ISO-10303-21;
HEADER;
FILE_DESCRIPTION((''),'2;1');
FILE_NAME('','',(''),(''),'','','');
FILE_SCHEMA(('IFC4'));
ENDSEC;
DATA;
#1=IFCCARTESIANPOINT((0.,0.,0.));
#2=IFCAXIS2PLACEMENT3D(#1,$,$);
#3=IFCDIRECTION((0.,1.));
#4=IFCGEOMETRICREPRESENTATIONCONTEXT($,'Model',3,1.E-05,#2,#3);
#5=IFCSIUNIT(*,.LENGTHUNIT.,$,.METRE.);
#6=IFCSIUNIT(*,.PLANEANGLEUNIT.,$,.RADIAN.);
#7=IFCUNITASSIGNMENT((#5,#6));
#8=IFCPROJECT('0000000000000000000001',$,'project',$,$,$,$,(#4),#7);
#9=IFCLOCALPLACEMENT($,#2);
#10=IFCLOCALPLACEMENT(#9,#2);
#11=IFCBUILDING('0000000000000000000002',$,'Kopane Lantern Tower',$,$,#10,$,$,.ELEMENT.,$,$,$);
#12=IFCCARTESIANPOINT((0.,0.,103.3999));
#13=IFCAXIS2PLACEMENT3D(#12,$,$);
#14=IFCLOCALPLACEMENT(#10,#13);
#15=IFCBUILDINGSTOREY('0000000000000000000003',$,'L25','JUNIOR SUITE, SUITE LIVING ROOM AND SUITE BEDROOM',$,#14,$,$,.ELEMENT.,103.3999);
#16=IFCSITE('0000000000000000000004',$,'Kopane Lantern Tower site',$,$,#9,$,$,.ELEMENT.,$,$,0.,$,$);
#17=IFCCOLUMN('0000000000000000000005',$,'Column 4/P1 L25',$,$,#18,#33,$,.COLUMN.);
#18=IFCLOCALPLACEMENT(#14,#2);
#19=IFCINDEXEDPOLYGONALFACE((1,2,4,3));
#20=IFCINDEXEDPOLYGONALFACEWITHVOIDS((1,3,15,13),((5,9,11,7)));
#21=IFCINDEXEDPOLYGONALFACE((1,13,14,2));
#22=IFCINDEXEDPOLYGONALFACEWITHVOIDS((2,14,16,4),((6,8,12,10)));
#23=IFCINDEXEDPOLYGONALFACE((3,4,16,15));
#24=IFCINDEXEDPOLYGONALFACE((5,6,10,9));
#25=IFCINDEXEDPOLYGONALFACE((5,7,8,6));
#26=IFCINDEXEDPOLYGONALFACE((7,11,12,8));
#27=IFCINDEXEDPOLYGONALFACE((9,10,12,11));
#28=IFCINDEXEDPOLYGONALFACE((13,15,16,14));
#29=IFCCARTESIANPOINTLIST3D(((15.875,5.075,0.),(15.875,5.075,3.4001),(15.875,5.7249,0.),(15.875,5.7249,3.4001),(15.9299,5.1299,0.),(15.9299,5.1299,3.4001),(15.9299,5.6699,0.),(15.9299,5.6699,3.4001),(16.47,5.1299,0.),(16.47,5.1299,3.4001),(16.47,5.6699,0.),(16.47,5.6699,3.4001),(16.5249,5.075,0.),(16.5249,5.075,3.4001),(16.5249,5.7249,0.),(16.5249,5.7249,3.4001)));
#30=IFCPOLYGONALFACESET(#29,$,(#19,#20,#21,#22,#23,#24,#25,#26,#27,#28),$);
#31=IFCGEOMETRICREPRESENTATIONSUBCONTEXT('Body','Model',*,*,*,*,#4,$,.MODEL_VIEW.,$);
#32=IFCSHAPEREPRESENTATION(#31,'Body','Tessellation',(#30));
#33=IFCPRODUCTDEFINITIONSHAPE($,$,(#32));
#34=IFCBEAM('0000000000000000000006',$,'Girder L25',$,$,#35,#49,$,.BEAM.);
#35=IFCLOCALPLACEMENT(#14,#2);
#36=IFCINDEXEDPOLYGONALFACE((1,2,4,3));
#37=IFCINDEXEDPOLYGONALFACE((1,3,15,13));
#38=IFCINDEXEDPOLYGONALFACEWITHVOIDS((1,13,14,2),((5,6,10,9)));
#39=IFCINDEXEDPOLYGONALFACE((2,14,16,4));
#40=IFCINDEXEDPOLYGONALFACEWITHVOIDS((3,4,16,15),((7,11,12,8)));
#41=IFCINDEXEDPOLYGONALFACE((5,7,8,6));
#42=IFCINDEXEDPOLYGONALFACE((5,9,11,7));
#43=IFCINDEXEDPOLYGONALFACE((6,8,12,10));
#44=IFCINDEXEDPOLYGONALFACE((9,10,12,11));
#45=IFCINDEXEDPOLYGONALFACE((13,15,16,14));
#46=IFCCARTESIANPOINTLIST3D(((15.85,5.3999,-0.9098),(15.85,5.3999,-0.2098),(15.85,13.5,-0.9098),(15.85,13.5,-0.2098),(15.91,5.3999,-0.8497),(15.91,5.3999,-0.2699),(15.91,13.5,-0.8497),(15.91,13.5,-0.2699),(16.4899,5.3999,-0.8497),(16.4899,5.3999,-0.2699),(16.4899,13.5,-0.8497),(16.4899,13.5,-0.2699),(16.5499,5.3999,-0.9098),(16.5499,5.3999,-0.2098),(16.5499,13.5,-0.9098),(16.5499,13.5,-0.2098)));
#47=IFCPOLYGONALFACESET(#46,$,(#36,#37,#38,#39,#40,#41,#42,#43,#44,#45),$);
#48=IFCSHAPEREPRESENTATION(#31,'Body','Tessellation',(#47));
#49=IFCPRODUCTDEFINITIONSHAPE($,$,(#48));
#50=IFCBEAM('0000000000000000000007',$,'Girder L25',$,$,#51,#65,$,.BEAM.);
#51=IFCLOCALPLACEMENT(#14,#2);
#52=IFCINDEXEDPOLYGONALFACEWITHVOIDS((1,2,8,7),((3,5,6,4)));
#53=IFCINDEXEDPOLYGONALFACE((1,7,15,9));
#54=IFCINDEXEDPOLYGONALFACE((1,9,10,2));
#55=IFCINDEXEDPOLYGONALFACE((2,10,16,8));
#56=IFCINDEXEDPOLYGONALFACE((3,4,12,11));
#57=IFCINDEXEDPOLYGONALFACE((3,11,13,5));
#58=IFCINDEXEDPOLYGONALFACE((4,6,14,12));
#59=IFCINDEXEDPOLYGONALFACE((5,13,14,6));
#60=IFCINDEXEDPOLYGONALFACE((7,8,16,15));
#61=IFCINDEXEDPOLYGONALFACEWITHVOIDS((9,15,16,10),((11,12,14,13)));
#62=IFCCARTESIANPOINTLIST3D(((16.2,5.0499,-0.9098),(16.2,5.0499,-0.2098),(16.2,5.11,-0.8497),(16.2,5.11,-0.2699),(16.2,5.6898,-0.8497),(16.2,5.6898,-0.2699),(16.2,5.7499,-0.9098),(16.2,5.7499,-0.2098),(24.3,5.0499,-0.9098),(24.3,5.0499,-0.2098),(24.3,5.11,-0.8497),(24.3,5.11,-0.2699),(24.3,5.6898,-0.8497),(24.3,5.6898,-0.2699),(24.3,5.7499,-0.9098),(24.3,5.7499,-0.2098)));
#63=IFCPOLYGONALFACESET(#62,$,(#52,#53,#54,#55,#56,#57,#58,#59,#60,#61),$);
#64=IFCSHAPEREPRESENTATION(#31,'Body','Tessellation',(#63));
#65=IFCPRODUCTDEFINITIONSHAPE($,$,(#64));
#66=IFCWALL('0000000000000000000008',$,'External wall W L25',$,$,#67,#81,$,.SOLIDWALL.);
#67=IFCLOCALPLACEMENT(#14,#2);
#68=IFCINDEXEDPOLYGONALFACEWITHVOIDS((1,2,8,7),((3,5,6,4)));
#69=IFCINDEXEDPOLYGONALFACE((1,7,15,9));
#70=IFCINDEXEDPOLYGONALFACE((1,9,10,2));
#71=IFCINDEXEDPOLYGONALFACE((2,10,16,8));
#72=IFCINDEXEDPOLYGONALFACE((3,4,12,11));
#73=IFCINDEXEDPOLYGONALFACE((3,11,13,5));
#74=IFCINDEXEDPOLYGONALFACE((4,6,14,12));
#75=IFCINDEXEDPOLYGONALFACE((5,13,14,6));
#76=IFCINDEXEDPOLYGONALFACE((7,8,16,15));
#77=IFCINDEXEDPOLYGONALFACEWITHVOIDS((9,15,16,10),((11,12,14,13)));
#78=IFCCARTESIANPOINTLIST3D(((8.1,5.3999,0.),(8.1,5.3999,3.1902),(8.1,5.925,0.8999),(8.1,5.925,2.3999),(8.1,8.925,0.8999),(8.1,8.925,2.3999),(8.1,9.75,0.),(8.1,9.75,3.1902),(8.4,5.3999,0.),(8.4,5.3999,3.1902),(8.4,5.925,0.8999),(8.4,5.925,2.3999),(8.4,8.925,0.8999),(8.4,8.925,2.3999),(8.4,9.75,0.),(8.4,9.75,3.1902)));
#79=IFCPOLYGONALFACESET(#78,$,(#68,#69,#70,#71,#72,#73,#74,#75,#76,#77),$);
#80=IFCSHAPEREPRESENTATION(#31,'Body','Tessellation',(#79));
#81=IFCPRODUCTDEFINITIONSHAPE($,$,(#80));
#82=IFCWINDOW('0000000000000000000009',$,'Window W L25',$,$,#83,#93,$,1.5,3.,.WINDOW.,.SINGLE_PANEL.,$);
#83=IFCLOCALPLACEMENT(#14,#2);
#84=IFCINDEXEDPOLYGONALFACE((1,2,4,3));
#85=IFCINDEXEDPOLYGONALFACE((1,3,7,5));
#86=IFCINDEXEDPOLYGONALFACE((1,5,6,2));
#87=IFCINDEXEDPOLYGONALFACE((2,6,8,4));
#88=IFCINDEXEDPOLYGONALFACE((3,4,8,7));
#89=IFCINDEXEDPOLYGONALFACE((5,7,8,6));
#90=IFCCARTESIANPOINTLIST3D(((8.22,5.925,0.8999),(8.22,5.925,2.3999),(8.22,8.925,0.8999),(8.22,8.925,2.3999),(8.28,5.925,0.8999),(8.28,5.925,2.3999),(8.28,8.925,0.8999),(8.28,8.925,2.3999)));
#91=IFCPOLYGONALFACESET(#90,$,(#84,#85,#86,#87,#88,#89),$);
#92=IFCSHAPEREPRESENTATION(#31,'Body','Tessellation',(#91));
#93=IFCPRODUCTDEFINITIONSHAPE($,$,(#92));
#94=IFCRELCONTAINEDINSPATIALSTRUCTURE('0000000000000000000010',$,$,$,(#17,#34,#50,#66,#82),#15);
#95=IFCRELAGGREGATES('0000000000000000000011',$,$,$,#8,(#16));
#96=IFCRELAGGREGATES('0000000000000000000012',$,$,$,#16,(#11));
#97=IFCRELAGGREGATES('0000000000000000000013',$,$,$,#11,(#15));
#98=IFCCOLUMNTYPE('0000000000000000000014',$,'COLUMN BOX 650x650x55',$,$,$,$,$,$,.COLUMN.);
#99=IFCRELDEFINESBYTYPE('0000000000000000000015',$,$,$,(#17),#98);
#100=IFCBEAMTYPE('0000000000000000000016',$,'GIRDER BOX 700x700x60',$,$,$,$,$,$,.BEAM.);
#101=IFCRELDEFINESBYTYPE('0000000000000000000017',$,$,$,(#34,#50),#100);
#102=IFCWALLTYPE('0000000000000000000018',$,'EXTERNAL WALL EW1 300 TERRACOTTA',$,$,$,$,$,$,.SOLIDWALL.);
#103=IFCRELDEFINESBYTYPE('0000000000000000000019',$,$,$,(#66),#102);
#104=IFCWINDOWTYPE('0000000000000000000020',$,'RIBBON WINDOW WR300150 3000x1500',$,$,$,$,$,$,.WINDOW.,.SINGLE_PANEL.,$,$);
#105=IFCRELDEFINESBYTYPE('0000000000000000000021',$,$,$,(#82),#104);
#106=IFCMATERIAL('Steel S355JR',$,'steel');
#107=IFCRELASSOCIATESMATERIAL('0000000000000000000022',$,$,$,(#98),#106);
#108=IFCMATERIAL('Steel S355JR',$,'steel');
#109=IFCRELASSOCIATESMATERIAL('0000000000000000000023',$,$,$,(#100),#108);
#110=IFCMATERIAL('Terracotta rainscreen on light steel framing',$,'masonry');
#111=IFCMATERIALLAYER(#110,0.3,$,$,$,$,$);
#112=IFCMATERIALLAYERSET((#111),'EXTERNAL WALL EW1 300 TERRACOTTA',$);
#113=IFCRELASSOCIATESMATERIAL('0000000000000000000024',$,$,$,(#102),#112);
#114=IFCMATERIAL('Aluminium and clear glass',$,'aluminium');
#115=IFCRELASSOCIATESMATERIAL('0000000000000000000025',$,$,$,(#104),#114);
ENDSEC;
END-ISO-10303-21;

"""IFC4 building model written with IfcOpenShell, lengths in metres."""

from ifc_helpers import new_model, si_unit, direction, frame, frame_2d, origin, origin_2d, place, context, subcontext, project, spatial, rectangle, hollow_rectangle, extrude, material, layer, layer_set, material_profile, profile_set, type_object, element, fill, save


model = new_model("IFC4")

# Units and contexts
model_context = context("Model", 3, precision=1e-05, world=origin(), true_north=direction((0.0, 1.0)))
body_context = subcontext(model_context, "Body", "Model", "MODEL_VIEW")
ifc_project = project(units=[si_unit("LENGTHUNIT", "METRE"), si_unit("PLANEANGLEUNIT", "RADIAN")], contexts=[model_context])

# Site, building, storey
site_placement = place(None, origin())
site = spatial("IfcSite", under=ifc_project, at=site_placement, Name="Kopane Lantern Tower site", CompositionType="ELEMENT", RefElevation=0.0)
building_placement = place(site_placement, origin())
building = spatial("IfcBuilding", under=site, at=building_placement, Name="Kopane Lantern Tower", CompositionType="ELEMENT")
storey_placement = place(building_placement, frame((0.0, 0.0, 103.3999)))
storey = spatial("IfcBuildingStorey", under=building, at=storey_placement, Name="L25", Description="JUNIOR SUITE, SUITE LIVING ROOM AND SUITE BEDROOM", CompositionType="ELEMENT", Elevation=103.3999)

# Column
ifc_material_1 = material(Name="Steel S355JR", Category="steel")
ifc_material_profile_1 = material_profile(ifc_material_1, hollow_rectangle(XDim=0.6499, YDim=0.6499, WallThickness=0.0549, at=origin_2d()), Name="BOX 650x650x55")
ifc_profile_set_1 = profile_set([ifc_material_profile_1], Name="Steel S355JR")
column_type = type_object("IfcColumnType", Name="COLUMN BOX 650x650x55", PredefinedType="COLUMN", material=ifc_profile_set_1)
column_placement = place(storey_placement, frame((16.2, 5.3999, 0.0), z_axis=(0.0, 0.0, 1.0), x_axis=(1.0, 0.0, 0.0)))
element("IfcColumn", 1, at=column_placement, inside=storey, type_object=column_type, Name="Column 4/P1 L25", PredefinedType="COLUMN", context=body_context, shape_type="SweptSolid", body=[
    extrude(hollow_rectangle(XDim=0.6499, YDim=0.6499, WallThickness=0.0549, at=origin_2d()), origin(), (0.0, 0.0, 1.0), 3.4001),
])

# Beams
ifc_material_2 = material(Name="Steel S355JR", Category="steel")
ifc_material_profile_2 = material_profile(ifc_material_2, hollow_rectangle(XDim=0.7, YDim=0.7, WallThickness=0.0601, at=origin_2d()), Name="BOX 700x700x60")
ifc_profile_set_2 = profile_set([ifc_material_profile_2], Name="Steel S355JR")
beam_type = type_object("IfcBeamType", Name="GIRDER BOX 700x700x60", PredefinedType="BEAM", material=ifc_profile_set_2)
for number, where, z_axis, x_axis, name in (
    (2, (16.2, 5.3999, -0.5598), (0.0, 1.0, 0.0), (-1.0, 0.0, 0.0), "Girder L25"),
    (3, (16.2, 5.3999, -0.5598), (1.0, 0.0, 0.0), (0.0, 1.0, 0.0), "Girder L25"),
):
    element("IfcBeam", number, at=place(storey_placement, frame(where, z_axis=z_axis, x_axis=x_axis)), inside=storey, type_object=beam_type, Name=name, PredefinedType="BEAM", context=body_context, shape_type="SweptSolid", body=[
        extrude(hollow_rectangle(XDim=0.7, YDim=0.7, WallThickness=0.0601, at=origin_2d()), origin(), (0.0, 0.0, 1.0), 8.1001),
    ])

# Shared definitions
ifc_material_3 = material(Name="Terracotta rainscreen on light steel framing", Category="masonry")
ifc_layer = layer(ifc_material_3, 0.3)
ifc_layer_set = layer_set([ifc_layer], Name="EXTERNAL WALL EW1 300 TERRACOTTA")
wall_type = type_object("IfcWallType", Name="EXTERNAL WALL EW1 300 TERRACOTTA", PredefinedType="SOLIDWALL", material=ifc_layer_set)

# Wall, opening, window
wall_1_placement = place(storey_placement, frame((8.25, 9.75, 0.0), z_axis=(0.0, 0.0, 1.0), x_axis=(0.0, -1.0, 0.0)))
wall_1 = element("IfcWall", 4, at=wall_1_placement, inside=storey, type_object=wall_type, Name="External wall W L25", PredefinedType="SOLIDWALL", context=body_context, shape_type="SweptSolid", body=[
    extrude(rectangle(XDim=4.3501, YDim=0.3, at=frame_2d((2.175, 0.0))), origin(), (0.0, 0.0, 1.0), 3.1902),
])
opening_1_placement = place(wall_1_placement, frame((0.825, 0.0, 0.8999)))
opening_1 = element("IfcOpeningElement", 5, at=opening_1_placement, cuts=wall_1, PredefinedType="OPENING", context=body_context, shape_type="SweptSolid", body=[
    extrude(rectangle(XDim=3.0, YDim=1.5, at=frame_2d((1.5, 0.75))), frame((0.0, 0.1599, 0.0), z_axis=(0.0, -1.0, 0.0), x_axis=(1.0, 0.0, 0.0)), (0.0, 0.0, 1.0), 0.3201),
])
ifc_material_4 = material(Name="Aluminium and clear glass", Category="aluminium")
window_type_1 = type_object("IfcWindowType", Name="RIBBON WINDOW WR300150 3000x1500", PartitioningType="SINGLE_PANEL", PredefinedType="WINDOW", material=ifc_material_4)
window_1_placement = place(opening_1_placement, origin())
window_1 = element("IfcWindow", 6, at=window_1_placement, inside=storey, type_object=window_type_1, Name="Window W L25", OverallHeight=1.5, OverallWidth=3.0, PartitioningType="SINGLE_PANEL", PredefinedType="WINDOW", context=body_context, shape_type="SweptSolid", body=[
    extrude(rectangle(XDim=3.0, YDim=1.5, at=frame_2d((1.5, 0.75))), frame((0.0, 0.03, 0.0), z_axis=(0.0, -1.0, 0.0), x_axis=(1.0, 0.0, 0.0)), (0.0, 0.0, 1.0), 0.0601),
])
fill(opening_1, window_1)

save(model, "model.ifc")
